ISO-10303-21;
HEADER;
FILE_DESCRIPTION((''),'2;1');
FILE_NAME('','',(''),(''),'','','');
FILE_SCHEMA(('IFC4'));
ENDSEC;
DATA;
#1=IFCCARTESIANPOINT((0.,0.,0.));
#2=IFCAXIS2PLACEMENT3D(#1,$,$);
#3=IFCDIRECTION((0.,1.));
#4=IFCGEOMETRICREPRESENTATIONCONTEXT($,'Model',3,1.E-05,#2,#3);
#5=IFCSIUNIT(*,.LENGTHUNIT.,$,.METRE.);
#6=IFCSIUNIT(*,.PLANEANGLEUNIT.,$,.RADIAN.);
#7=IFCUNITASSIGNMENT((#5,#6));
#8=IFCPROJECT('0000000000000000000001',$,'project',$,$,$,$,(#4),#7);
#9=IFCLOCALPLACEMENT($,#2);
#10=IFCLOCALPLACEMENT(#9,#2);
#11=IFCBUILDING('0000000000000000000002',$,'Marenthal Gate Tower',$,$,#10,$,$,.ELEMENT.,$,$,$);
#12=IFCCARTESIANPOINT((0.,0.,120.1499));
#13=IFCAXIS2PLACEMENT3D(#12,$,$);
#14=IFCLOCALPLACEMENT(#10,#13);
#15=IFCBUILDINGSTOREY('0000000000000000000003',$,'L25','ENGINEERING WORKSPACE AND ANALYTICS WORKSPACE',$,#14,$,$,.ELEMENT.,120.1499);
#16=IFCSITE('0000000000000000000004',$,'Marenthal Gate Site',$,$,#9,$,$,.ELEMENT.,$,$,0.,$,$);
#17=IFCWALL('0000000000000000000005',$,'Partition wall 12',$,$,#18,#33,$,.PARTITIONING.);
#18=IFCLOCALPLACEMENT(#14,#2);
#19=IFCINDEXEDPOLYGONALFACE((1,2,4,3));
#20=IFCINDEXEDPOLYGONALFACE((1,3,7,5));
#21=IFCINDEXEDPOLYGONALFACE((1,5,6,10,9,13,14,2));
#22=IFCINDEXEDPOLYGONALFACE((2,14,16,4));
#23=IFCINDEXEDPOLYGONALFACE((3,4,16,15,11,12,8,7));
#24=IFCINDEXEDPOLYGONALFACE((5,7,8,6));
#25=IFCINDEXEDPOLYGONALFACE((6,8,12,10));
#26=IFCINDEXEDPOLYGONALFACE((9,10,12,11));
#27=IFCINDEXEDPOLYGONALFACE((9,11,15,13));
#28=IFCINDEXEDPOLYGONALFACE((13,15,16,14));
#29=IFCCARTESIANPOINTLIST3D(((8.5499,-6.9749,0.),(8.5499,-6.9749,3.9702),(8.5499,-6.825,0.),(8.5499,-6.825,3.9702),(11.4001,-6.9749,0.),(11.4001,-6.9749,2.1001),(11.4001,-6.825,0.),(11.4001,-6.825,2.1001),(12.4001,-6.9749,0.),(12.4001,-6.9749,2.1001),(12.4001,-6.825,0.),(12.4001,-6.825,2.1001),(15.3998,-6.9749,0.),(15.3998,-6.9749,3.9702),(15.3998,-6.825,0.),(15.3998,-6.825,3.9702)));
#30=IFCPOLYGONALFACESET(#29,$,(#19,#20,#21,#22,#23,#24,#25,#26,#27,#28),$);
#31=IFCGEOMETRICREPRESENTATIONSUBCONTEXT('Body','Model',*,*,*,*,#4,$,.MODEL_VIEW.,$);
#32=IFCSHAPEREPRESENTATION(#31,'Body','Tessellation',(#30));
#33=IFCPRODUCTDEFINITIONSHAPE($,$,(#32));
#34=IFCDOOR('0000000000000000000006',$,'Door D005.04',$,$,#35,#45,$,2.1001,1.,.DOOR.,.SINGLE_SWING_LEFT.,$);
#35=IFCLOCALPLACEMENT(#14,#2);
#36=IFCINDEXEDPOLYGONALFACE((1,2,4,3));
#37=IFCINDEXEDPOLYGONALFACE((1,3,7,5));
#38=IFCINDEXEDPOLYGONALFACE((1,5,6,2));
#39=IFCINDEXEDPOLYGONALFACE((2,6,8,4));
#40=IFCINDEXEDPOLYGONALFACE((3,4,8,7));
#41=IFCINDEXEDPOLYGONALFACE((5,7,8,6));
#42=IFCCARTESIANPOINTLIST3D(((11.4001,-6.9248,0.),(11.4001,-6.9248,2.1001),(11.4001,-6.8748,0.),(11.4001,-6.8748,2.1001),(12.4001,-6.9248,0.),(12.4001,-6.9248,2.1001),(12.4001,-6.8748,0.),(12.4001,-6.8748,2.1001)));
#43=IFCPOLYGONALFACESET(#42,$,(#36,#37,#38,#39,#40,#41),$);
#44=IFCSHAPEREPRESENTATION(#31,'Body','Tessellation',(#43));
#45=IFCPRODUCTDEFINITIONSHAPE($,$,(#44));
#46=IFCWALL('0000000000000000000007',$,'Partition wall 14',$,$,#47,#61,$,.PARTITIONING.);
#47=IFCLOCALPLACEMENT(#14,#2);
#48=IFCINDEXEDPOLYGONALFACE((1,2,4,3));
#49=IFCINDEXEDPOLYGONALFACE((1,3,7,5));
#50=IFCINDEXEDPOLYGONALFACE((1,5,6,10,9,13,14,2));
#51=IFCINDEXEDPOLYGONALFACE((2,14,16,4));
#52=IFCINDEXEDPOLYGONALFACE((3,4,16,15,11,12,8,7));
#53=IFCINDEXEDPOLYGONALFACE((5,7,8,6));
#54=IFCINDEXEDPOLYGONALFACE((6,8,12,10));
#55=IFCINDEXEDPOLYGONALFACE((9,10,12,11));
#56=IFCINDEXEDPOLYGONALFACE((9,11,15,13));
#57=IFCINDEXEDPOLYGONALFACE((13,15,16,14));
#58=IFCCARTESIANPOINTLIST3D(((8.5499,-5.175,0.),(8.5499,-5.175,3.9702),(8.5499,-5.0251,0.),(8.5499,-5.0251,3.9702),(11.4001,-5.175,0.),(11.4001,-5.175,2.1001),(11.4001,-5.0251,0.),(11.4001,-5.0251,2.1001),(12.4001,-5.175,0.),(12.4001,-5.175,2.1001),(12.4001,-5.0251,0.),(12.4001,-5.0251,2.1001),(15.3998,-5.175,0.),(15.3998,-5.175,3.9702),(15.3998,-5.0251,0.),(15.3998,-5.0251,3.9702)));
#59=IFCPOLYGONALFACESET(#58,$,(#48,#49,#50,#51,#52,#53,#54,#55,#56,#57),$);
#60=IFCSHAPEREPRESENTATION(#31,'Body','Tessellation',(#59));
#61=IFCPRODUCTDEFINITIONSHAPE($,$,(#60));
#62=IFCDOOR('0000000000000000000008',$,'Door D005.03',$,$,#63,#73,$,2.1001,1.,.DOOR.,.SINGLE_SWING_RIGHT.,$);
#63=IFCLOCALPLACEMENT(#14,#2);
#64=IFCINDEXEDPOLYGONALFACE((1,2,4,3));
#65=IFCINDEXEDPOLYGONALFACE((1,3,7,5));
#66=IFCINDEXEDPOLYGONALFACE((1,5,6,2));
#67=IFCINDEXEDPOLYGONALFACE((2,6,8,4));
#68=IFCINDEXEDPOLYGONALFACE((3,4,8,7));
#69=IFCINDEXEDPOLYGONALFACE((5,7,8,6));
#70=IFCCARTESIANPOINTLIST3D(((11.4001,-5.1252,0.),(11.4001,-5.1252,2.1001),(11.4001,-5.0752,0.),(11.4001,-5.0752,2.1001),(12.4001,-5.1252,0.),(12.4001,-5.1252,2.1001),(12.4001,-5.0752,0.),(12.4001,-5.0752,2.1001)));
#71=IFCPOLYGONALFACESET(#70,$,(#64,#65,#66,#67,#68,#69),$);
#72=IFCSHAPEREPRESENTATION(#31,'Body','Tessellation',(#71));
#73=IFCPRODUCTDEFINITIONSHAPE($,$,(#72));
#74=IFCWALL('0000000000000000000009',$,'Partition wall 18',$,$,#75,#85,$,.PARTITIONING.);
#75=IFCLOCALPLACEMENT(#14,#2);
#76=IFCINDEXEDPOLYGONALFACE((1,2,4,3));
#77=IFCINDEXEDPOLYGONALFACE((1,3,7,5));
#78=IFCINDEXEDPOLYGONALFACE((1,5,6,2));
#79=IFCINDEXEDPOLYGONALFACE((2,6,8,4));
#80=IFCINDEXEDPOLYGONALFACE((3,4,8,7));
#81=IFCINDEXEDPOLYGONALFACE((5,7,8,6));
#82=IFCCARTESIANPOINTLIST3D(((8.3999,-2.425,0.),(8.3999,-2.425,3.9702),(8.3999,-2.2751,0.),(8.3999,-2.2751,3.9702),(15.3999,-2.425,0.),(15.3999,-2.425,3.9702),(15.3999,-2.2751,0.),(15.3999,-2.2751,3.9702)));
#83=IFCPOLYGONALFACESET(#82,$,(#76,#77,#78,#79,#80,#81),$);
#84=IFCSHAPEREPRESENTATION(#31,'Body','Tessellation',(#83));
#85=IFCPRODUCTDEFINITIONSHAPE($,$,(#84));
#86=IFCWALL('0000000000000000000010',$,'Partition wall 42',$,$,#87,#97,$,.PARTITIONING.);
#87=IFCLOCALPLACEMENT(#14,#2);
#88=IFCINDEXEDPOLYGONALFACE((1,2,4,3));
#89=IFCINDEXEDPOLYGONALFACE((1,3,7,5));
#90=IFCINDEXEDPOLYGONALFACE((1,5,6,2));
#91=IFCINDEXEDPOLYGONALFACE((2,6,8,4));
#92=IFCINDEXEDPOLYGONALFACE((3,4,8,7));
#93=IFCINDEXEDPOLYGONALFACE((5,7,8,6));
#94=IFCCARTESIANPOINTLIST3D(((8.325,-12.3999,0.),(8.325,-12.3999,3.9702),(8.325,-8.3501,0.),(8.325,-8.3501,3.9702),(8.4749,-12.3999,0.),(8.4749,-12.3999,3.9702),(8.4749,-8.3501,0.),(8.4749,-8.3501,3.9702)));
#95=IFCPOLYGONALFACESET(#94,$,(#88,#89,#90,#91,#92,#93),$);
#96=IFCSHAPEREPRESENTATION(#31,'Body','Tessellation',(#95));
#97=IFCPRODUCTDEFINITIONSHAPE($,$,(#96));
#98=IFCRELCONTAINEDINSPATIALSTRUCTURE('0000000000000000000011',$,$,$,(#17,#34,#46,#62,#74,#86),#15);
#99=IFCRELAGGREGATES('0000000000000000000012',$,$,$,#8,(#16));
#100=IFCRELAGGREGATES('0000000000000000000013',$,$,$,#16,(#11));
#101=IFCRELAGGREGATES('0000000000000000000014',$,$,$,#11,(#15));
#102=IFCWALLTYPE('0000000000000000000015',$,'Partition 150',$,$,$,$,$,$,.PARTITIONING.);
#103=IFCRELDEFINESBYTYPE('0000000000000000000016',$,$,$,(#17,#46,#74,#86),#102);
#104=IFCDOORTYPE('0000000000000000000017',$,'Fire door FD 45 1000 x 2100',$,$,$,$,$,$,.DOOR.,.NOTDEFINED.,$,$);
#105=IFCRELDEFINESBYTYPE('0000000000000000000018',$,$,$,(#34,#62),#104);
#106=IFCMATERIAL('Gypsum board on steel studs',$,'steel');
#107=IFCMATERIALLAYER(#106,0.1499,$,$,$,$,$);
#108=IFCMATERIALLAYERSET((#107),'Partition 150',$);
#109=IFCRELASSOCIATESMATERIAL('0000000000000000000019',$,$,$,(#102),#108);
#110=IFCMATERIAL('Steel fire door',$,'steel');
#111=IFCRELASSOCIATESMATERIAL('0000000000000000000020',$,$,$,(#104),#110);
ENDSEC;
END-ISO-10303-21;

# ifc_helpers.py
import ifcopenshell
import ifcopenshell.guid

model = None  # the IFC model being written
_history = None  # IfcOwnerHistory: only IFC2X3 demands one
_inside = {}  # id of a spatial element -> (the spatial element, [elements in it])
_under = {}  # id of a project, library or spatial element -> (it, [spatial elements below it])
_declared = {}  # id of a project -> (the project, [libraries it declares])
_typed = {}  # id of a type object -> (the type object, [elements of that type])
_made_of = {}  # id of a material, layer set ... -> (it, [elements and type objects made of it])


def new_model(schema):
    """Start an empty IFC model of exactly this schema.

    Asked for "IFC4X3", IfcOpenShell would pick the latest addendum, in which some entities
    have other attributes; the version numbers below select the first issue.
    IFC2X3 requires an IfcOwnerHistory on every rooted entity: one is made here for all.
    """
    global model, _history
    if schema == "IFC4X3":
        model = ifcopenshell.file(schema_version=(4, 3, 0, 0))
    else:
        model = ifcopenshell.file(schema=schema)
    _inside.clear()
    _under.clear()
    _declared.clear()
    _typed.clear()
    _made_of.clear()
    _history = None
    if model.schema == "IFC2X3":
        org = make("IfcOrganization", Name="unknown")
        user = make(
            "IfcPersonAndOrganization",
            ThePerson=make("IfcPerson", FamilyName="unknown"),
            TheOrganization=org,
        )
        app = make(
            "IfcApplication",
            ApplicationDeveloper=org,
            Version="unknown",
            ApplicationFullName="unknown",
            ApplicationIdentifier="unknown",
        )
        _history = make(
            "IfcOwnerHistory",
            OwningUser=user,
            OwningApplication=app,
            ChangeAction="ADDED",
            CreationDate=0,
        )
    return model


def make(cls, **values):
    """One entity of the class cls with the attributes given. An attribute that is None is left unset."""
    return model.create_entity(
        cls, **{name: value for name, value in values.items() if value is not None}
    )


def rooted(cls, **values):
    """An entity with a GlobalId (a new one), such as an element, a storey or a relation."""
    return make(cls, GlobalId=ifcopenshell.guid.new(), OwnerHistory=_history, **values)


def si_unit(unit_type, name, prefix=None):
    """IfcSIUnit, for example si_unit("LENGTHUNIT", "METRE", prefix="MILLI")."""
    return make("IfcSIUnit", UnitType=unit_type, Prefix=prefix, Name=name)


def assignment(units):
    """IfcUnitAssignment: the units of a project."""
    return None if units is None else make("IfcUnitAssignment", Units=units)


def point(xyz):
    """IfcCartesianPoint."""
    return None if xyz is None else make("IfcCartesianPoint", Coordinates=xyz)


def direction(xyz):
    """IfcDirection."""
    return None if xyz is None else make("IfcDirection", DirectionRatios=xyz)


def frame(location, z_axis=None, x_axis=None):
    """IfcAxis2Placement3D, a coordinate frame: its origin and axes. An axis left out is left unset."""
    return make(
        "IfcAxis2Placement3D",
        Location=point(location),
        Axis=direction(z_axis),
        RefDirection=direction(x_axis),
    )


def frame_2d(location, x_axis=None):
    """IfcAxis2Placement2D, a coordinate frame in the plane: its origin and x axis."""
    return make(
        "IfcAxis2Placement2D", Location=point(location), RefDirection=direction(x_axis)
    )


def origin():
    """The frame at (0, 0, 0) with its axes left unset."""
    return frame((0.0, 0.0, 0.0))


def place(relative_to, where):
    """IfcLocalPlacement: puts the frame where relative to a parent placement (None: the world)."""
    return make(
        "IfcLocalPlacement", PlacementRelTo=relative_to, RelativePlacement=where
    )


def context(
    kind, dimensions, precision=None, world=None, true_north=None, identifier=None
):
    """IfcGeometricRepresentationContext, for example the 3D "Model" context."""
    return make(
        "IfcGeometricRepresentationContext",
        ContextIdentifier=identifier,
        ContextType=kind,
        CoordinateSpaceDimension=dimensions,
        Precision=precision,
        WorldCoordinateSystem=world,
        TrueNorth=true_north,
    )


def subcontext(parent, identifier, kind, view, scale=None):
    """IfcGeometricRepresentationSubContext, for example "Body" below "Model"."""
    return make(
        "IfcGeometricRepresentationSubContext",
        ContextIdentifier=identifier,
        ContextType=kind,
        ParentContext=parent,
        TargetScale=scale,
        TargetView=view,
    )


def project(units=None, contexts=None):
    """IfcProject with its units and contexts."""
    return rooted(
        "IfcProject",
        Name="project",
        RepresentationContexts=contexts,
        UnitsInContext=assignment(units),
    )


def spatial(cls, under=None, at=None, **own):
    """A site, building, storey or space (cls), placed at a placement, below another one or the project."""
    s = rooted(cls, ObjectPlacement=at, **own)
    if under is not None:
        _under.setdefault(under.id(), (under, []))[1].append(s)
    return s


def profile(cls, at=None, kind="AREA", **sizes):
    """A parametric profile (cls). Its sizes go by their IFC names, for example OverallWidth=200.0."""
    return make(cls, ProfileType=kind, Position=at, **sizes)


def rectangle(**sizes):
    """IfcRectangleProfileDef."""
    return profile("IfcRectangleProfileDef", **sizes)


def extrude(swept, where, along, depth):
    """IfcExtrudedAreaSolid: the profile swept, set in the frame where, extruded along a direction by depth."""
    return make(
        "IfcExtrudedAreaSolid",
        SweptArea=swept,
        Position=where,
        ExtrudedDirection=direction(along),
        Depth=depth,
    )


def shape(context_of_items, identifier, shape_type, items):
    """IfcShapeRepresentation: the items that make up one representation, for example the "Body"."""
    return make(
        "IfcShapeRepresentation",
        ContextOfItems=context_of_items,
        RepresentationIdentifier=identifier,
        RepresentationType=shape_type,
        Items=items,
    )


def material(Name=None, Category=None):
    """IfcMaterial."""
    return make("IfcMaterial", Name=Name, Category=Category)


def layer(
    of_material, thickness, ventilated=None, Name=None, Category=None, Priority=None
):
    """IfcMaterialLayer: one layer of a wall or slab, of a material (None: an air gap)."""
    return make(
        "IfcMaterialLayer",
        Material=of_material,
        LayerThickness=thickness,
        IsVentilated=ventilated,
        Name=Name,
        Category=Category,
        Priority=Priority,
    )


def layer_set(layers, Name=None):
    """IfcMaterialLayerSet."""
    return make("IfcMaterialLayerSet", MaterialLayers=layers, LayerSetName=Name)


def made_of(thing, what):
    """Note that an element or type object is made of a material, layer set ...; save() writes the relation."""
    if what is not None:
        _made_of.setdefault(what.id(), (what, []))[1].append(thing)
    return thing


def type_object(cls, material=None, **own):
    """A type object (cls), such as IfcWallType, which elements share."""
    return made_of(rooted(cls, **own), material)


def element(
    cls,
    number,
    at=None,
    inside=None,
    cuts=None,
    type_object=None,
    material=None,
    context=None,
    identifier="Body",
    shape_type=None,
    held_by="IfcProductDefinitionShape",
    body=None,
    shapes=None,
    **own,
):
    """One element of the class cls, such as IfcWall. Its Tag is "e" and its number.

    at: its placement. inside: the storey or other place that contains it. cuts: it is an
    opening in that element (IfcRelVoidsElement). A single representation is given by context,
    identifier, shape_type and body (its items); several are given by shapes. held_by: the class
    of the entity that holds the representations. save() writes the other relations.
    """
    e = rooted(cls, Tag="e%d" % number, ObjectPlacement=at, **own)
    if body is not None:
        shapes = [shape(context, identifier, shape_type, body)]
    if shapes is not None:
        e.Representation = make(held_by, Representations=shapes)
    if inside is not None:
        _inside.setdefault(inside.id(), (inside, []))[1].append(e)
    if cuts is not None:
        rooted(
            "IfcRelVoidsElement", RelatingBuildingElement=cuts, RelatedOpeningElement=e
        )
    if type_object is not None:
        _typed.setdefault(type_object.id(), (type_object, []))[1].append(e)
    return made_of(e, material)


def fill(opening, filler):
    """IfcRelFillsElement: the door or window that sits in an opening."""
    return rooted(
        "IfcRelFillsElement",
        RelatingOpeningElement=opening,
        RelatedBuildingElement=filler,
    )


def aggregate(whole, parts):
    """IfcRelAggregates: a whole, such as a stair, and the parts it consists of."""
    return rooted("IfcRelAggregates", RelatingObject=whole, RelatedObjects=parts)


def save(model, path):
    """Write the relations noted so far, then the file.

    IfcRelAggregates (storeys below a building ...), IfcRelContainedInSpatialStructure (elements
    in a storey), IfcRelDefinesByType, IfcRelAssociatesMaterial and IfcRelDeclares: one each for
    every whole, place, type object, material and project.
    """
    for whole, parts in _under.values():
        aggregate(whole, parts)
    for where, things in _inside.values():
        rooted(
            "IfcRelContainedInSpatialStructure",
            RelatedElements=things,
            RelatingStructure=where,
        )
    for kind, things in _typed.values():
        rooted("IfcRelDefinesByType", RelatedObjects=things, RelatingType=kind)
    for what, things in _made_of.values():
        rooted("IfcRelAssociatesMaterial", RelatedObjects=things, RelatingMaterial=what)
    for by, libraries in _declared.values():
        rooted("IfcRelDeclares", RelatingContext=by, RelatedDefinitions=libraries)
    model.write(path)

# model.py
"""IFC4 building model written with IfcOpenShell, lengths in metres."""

from ifc_helpers import new_model, si_unit, direction, frame, frame_2d, origin, place, context, subcontext, project, spatial, rectangle, extrude, material, layer, layer_set, type_object, element, fill, save


model = new_model("IFC4")

# Units and contexts
model_context = context("Model", 3, precision=1e-05, world=origin(), true_north=direction((0.0, 1.0)))
body_context = subcontext(model_context, "Body", "Model", "MODEL_VIEW")
ifc_project = project(units=[si_unit("LENGTHUNIT", "METRE"), si_unit("PLANEANGLEUNIT", "RADIAN")], contexts=[model_context])

# Site, building, storey
site_placement = place(None, origin())
site = spatial("IfcSite", under=ifc_project, at=site_placement, Name="Marenthal Gate Site", CompositionType="ELEMENT", RefElevation=0.0)
building_placement = place(site_placement, origin())
building = spatial("IfcBuilding", under=site, at=building_placement, Name="Marenthal Gate Tower", CompositionType="ELEMENT")
storey_placement = place(building_placement, frame((0.0, 0.0, 120.1499)))
storey = spatial("IfcBuildingStorey", under=building, at=storey_placement, Name="L25", Description="ENGINEERING WORKSPACE AND ANALYTICS WORKSPACE", CompositionType="ELEMENT", Elevation=120.1499)

# Walls, openings, doors
ifc_material_1 = material(Name="Gypsum board on steel studs", Category="steel")
ifc_layer_1 = layer(ifc_material_1, 0.1499)
ifc_layer_set_1 = layer_set([ifc_layer_1], Name="Partition 150")
wall_type_1 = type_object("IfcWallType", Name="Partition 150", PredefinedType="PARTITIONING", material=ifc_layer_set_1)
wall_1_placement = place(storey_placement, frame((8.55, -6.8999, 0.0), z_axis=(0.0, 0.0, 1.0), x_axis=(1.0, 0.0, 0.0)))
wall_1 = element("IfcWall", 1, at=wall_1_placement, inside=storey, type_object=wall_type_1, Name="Partition wall 12", PredefinedType="PARTITIONING", context=body_context, shape_type="SweptSolid", body=[
    extrude(rectangle(XDim=6.8499, YDim=0.1499, at=frame_2d((3.4248, 0.0))), origin(), (0.0, 0.0, 1.0), 3.9702),
])
opening_1_placement = place(wall_1_placement, frame((2.8501, 0.0, 0.0)))
opening_1 = element("IfcOpeningElement", 2, at=opening_1_placement, cuts=wall_1, PredefinedType="OPENING", context=body_context, shape_type="SweptSolid", body=[
    extrude(rectangle(XDim=1.0, YDim=2.1001, at=frame_2d((0.5, 1.05))), frame((0.0, 0.085, 0.0), z_axis=(0.0, -1.0, 0.0), x_axis=(1.0, 0.0, 0.0)), (0.0, 0.0, 1.0), 0.1699),
])
ifc_material_2 = material(Name="Steel fire door", Category="steel")
door_type_1 = type_object("IfcDoorType", Name="Fire door FD 45 1000 x 2100", OperationType="NOTDEFINED", PredefinedType="DOOR", material=ifc_material_2)
door_1_placement = place(opening_1_placement, frame((1.0, 0.0, 0.0), z_axis=(0.0, 0.0, 1.0), x_axis=(-1.0, 0.0, 0.0)))
door_1 = element("IfcDoor", 3, at=door_1_placement, inside=storey, type_object=door_type_1, Name="Door D005.04", OperationType="SINGLE_SWING_LEFT", OverallHeight=2.1001, OverallWidth=1.0, PredefinedType="DOOR", context=body_context, shape_type="SweptSolid", body=[
    extrude(rectangle(XDim=1.0, YDim=2.1001, at=frame_2d((0.5, 1.05))), frame((0.0, 0.0249, 0.0), z_axis=(0.0, -1.0, 0.0), x_axis=(1.0, 0.0, 0.0)), (0.0, 0.0, 1.0), 0.05),
])
fill(opening_1, door_1)
wall_2_placement = place(storey_placement, frame((8.55, -5.1001, 0.0), z_axis=(0.0, 0.0, 1.0), x_axis=(1.0, 0.0, 0.0)))
wall_2 = element("IfcWall", 4, at=wall_2_placement, inside=storey, type_object=wall_type_1, Name="Partition wall 14", PredefinedType="PARTITIONING", context=body_context, shape_type="SweptSolid", body=[
    extrude(rectangle(XDim=6.8499, YDim=0.1499, at=frame_2d((3.4248, 0.0))), origin(), (0.0, 0.0, 1.0), 3.9702),
])
opening_2_placement = place(wall_2_placement, frame((2.8501, 0.0, 0.0)))
opening_2 = element("IfcOpeningElement", 5, at=opening_2_placement, cuts=wall_2, PredefinedType="OPENING", context=body_context, shape_type="SweptSolid", body=[
    extrude(rectangle(XDim=1.0, YDim=2.1001, at=frame_2d((0.5, 1.05))), frame((0.0, 0.085, 0.0), z_axis=(0.0, -1.0, 0.0), x_axis=(1.0, 0.0, 0.0)), (0.0, 0.0, 1.0), 0.1699),
])
door_2_placement = place(opening_2_placement, origin())
door_2 = element("IfcDoor", 6, at=door_2_placement, inside=storey, type_object=door_type_1, Name="Door D005.03", OperationType="SINGLE_SWING_RIGHT", OverallHeight=2.1001, OverallWidth=1.0, PredefinedType="DOOR", context=body_context, shape_type="SweptSolid", body=[
    extrude(rectangle(XDim=1.0, YDim=2.1001, at=frame_2d((0.5, 1.05))), frame((0.0, 0.0249, 0.0), z_axis=(0.0, -1.0, 0.0), x_axis=(1.0, 0.0, 0.0)), (0.0, 0.0, 1.0), 0.05),
])
fill(opening_2, door_2)

# Walls
wall_3_placement = place(storey_placement, frame((8.3999, -2.3501, 0.0), z_axis=(0.0, 0.0, 1.0), x_axis=(1.0, 0.0, 0.0)))
element("IfcWall", 7, at=wall_3_placement, inside=storey, type_object=wall_type_1, Name="Partition wall 18", PredefinedType="PARTITIONING", context=body_context, shape_type="SweptSolid", body=[
    extrude(rectangle(XDim=7.0, YDim=0.1499, at=frame_2d((3.5, 0.0))), origin(), (0.0, 0.0, 1.0), 3.9702),
])
wall_4_placement = place(storey_placement, frame((8.3999, -12.3999, 0.0), z_axis=(0.0, 0.0, 1.0), x_axis=(0.0, 1.0, 0.0)))
element("IfcWall", 8, at=wall_4_placement, inside=storey, type_object=wall_type_1, Name="Partition wall 42", PredefinedType="PARTITIONING", context=body_context, shape_type="SweptSolid", body=[
    extrude(rectangle(XDim=4.0498, YDim=0.1499, at=frame_2d((2.0249, 0.0))), origin(), (0.0, 0.0, 1.0), 3.9702),
])

save(model, "model.ifc")
